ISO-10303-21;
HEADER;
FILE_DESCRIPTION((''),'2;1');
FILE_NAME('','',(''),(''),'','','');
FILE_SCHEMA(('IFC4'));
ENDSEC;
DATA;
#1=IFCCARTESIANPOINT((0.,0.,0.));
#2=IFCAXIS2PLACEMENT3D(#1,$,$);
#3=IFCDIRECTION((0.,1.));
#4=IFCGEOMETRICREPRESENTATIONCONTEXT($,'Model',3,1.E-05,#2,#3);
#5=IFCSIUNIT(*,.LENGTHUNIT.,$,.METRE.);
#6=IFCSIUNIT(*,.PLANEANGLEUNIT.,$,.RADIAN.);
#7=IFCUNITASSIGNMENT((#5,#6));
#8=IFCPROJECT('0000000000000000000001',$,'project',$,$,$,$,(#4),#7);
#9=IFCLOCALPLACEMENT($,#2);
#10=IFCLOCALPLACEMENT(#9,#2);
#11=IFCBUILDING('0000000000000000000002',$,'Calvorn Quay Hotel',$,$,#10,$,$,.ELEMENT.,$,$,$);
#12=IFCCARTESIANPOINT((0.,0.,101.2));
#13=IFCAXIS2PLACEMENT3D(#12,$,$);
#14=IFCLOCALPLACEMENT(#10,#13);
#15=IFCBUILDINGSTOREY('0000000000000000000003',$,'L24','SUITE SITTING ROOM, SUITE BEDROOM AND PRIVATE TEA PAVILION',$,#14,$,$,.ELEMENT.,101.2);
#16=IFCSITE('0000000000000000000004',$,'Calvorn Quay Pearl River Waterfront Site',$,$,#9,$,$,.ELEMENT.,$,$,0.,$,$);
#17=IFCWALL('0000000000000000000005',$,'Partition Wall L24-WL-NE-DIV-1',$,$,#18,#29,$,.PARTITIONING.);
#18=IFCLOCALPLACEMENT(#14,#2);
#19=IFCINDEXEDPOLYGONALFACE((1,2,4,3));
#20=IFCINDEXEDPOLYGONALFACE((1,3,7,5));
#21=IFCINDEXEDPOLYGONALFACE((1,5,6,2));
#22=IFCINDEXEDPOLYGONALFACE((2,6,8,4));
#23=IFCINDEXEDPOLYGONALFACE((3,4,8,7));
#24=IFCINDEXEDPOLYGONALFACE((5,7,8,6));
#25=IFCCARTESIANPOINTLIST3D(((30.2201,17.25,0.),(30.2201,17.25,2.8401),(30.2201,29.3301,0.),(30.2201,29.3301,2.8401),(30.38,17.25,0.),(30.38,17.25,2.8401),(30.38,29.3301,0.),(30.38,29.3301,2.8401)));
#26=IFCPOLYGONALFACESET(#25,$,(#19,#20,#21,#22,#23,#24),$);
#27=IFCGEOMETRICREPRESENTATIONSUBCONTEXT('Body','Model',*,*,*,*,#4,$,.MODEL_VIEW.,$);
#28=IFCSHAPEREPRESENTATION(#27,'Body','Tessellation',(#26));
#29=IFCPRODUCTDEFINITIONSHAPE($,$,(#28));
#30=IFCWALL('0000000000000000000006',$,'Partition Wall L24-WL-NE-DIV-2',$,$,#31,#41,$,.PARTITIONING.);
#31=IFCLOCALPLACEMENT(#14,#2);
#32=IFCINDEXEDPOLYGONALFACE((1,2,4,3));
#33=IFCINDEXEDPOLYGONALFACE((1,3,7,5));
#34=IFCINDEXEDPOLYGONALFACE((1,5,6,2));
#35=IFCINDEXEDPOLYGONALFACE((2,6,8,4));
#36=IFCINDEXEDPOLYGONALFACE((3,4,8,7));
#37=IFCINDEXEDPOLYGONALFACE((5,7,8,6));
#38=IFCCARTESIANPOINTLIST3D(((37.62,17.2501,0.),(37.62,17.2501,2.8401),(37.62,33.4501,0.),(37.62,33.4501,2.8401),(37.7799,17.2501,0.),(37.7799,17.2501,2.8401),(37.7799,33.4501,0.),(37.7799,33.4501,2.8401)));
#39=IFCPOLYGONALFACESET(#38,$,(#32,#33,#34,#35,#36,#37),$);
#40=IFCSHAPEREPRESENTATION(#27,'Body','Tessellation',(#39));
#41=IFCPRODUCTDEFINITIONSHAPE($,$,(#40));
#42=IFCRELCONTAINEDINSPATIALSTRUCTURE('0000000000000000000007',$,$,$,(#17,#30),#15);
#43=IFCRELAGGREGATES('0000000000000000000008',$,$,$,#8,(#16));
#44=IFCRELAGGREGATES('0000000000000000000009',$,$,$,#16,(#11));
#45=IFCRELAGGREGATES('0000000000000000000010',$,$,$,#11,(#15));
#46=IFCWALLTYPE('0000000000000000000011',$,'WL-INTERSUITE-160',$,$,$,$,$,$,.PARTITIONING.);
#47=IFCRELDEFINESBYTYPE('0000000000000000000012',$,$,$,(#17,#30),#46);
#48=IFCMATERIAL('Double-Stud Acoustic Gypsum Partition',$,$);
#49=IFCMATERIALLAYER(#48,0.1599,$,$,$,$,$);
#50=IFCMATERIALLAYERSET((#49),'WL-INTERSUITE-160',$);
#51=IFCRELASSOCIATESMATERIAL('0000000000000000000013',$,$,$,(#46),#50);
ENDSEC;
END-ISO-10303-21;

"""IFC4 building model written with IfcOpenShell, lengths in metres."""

from ifc_helpers import new_model, si_unit, direction, frame, frame_2d, origin, place, context, subcontext, project, spatial, rectangle, extrude, material, layer, layer_set, type_object, element, save


model = new_model("IFC4")

# Units and contexts
model_context = context("Model", 3, precision=1e-05, world=origin(), true_north=direction((0.0, 1.0)))
body_context = subcontext(model_context, "Body", "Model", "MODEL_VIEW")
ifc_project = project(units=[si_unit("LENGTHUNIT", "METRE"), si_unit("PLANEANGLEUNIT", "RADIAN")], contexts=[model_context])

# Site, building, storey
site_placement = place(None, origin())
site = spatial("IfcSite", under=ifc_project, at=site_placement, Name="Calvorn Quay Pearl River Waterfront Site", CompositionType="ELEMENT", RefElevation=0.0)
building_placement = place(site_placement, origin())
building = spatial("IfcBuilding", under=site, at=building_placement, Name="Calvorn Quay Hotel", CompositionType="ELEMENT")
storey_placement = place(building_placement, frame((0.0, 0.0, 101.2)))
storey = spatial("IfcBuildingStorey", under=building, at=storey_placement, Name="L24", Description="SUITE SITTING ROOM, SUITE BEDROOM AND PRIVATE TEA PAVILION", CompositionType="ELEMENT", Elevation=101.2)

# Walls
ifc_material_1 = material(Name="Double-Stud Acoustic Gypsum Partition")
ifc_layer_1 = layer(ifc_material_1, 0.1599)
ifc_layer_set_1 = layer_set([ifc_layer_1], Name="WL-INTERSUITE-160")
wall_type_1 = type_object("IfcWallType", Name="WL-INTERSUITE-160", PredefinedType="PARTITIONING", material=ifc_layer_set_1)
wall_1_placement = place(storey_placement, frame((30.3, 17.25, 0.0), z_axis=(0.0, 0.0, 1.0), x_axis=(0.0, 1.0, 0.0)))
element("IfcWall", 1, at=wall_1_placement, inside=storey, type_object=wall_type_1, Name="Partition Wall L24-WL-NE-DIV-1", PredefinedType="PARTITIONING", context=body_context, shape_type="SweptSolid", body=[
    extrude(rectangle(XDim=12.0801, YDim=0.1599, at=frame_2d((6.04, 0.0))), origin(), (0.0, 0.0, 1.0), 2.8401),
])
wall_2_placement = place(storey_placement, frame((37.7, 17.25, 0.0), z_axis=(0.0, 0.0, 1.0), x_axis=(0.0, 1.0, 0.0)))
element("IfcWall", 2, at=wall_2_placement, inside=storey, type_object=wall_type_1, Name="Partition Wall L24-WL-NE-DIV-2", PredefinedType="PARTITIONING", context=body_context, shape_type="SweptSolid", body=[
    extrude(rectangle(XDim=16.2, YDim=0.1599, at=frame_2d((8.1001, 0.0))), origin(), (0.0, 0.0, 1.0), 2.8401),
])

save(model, "model.ifc")
